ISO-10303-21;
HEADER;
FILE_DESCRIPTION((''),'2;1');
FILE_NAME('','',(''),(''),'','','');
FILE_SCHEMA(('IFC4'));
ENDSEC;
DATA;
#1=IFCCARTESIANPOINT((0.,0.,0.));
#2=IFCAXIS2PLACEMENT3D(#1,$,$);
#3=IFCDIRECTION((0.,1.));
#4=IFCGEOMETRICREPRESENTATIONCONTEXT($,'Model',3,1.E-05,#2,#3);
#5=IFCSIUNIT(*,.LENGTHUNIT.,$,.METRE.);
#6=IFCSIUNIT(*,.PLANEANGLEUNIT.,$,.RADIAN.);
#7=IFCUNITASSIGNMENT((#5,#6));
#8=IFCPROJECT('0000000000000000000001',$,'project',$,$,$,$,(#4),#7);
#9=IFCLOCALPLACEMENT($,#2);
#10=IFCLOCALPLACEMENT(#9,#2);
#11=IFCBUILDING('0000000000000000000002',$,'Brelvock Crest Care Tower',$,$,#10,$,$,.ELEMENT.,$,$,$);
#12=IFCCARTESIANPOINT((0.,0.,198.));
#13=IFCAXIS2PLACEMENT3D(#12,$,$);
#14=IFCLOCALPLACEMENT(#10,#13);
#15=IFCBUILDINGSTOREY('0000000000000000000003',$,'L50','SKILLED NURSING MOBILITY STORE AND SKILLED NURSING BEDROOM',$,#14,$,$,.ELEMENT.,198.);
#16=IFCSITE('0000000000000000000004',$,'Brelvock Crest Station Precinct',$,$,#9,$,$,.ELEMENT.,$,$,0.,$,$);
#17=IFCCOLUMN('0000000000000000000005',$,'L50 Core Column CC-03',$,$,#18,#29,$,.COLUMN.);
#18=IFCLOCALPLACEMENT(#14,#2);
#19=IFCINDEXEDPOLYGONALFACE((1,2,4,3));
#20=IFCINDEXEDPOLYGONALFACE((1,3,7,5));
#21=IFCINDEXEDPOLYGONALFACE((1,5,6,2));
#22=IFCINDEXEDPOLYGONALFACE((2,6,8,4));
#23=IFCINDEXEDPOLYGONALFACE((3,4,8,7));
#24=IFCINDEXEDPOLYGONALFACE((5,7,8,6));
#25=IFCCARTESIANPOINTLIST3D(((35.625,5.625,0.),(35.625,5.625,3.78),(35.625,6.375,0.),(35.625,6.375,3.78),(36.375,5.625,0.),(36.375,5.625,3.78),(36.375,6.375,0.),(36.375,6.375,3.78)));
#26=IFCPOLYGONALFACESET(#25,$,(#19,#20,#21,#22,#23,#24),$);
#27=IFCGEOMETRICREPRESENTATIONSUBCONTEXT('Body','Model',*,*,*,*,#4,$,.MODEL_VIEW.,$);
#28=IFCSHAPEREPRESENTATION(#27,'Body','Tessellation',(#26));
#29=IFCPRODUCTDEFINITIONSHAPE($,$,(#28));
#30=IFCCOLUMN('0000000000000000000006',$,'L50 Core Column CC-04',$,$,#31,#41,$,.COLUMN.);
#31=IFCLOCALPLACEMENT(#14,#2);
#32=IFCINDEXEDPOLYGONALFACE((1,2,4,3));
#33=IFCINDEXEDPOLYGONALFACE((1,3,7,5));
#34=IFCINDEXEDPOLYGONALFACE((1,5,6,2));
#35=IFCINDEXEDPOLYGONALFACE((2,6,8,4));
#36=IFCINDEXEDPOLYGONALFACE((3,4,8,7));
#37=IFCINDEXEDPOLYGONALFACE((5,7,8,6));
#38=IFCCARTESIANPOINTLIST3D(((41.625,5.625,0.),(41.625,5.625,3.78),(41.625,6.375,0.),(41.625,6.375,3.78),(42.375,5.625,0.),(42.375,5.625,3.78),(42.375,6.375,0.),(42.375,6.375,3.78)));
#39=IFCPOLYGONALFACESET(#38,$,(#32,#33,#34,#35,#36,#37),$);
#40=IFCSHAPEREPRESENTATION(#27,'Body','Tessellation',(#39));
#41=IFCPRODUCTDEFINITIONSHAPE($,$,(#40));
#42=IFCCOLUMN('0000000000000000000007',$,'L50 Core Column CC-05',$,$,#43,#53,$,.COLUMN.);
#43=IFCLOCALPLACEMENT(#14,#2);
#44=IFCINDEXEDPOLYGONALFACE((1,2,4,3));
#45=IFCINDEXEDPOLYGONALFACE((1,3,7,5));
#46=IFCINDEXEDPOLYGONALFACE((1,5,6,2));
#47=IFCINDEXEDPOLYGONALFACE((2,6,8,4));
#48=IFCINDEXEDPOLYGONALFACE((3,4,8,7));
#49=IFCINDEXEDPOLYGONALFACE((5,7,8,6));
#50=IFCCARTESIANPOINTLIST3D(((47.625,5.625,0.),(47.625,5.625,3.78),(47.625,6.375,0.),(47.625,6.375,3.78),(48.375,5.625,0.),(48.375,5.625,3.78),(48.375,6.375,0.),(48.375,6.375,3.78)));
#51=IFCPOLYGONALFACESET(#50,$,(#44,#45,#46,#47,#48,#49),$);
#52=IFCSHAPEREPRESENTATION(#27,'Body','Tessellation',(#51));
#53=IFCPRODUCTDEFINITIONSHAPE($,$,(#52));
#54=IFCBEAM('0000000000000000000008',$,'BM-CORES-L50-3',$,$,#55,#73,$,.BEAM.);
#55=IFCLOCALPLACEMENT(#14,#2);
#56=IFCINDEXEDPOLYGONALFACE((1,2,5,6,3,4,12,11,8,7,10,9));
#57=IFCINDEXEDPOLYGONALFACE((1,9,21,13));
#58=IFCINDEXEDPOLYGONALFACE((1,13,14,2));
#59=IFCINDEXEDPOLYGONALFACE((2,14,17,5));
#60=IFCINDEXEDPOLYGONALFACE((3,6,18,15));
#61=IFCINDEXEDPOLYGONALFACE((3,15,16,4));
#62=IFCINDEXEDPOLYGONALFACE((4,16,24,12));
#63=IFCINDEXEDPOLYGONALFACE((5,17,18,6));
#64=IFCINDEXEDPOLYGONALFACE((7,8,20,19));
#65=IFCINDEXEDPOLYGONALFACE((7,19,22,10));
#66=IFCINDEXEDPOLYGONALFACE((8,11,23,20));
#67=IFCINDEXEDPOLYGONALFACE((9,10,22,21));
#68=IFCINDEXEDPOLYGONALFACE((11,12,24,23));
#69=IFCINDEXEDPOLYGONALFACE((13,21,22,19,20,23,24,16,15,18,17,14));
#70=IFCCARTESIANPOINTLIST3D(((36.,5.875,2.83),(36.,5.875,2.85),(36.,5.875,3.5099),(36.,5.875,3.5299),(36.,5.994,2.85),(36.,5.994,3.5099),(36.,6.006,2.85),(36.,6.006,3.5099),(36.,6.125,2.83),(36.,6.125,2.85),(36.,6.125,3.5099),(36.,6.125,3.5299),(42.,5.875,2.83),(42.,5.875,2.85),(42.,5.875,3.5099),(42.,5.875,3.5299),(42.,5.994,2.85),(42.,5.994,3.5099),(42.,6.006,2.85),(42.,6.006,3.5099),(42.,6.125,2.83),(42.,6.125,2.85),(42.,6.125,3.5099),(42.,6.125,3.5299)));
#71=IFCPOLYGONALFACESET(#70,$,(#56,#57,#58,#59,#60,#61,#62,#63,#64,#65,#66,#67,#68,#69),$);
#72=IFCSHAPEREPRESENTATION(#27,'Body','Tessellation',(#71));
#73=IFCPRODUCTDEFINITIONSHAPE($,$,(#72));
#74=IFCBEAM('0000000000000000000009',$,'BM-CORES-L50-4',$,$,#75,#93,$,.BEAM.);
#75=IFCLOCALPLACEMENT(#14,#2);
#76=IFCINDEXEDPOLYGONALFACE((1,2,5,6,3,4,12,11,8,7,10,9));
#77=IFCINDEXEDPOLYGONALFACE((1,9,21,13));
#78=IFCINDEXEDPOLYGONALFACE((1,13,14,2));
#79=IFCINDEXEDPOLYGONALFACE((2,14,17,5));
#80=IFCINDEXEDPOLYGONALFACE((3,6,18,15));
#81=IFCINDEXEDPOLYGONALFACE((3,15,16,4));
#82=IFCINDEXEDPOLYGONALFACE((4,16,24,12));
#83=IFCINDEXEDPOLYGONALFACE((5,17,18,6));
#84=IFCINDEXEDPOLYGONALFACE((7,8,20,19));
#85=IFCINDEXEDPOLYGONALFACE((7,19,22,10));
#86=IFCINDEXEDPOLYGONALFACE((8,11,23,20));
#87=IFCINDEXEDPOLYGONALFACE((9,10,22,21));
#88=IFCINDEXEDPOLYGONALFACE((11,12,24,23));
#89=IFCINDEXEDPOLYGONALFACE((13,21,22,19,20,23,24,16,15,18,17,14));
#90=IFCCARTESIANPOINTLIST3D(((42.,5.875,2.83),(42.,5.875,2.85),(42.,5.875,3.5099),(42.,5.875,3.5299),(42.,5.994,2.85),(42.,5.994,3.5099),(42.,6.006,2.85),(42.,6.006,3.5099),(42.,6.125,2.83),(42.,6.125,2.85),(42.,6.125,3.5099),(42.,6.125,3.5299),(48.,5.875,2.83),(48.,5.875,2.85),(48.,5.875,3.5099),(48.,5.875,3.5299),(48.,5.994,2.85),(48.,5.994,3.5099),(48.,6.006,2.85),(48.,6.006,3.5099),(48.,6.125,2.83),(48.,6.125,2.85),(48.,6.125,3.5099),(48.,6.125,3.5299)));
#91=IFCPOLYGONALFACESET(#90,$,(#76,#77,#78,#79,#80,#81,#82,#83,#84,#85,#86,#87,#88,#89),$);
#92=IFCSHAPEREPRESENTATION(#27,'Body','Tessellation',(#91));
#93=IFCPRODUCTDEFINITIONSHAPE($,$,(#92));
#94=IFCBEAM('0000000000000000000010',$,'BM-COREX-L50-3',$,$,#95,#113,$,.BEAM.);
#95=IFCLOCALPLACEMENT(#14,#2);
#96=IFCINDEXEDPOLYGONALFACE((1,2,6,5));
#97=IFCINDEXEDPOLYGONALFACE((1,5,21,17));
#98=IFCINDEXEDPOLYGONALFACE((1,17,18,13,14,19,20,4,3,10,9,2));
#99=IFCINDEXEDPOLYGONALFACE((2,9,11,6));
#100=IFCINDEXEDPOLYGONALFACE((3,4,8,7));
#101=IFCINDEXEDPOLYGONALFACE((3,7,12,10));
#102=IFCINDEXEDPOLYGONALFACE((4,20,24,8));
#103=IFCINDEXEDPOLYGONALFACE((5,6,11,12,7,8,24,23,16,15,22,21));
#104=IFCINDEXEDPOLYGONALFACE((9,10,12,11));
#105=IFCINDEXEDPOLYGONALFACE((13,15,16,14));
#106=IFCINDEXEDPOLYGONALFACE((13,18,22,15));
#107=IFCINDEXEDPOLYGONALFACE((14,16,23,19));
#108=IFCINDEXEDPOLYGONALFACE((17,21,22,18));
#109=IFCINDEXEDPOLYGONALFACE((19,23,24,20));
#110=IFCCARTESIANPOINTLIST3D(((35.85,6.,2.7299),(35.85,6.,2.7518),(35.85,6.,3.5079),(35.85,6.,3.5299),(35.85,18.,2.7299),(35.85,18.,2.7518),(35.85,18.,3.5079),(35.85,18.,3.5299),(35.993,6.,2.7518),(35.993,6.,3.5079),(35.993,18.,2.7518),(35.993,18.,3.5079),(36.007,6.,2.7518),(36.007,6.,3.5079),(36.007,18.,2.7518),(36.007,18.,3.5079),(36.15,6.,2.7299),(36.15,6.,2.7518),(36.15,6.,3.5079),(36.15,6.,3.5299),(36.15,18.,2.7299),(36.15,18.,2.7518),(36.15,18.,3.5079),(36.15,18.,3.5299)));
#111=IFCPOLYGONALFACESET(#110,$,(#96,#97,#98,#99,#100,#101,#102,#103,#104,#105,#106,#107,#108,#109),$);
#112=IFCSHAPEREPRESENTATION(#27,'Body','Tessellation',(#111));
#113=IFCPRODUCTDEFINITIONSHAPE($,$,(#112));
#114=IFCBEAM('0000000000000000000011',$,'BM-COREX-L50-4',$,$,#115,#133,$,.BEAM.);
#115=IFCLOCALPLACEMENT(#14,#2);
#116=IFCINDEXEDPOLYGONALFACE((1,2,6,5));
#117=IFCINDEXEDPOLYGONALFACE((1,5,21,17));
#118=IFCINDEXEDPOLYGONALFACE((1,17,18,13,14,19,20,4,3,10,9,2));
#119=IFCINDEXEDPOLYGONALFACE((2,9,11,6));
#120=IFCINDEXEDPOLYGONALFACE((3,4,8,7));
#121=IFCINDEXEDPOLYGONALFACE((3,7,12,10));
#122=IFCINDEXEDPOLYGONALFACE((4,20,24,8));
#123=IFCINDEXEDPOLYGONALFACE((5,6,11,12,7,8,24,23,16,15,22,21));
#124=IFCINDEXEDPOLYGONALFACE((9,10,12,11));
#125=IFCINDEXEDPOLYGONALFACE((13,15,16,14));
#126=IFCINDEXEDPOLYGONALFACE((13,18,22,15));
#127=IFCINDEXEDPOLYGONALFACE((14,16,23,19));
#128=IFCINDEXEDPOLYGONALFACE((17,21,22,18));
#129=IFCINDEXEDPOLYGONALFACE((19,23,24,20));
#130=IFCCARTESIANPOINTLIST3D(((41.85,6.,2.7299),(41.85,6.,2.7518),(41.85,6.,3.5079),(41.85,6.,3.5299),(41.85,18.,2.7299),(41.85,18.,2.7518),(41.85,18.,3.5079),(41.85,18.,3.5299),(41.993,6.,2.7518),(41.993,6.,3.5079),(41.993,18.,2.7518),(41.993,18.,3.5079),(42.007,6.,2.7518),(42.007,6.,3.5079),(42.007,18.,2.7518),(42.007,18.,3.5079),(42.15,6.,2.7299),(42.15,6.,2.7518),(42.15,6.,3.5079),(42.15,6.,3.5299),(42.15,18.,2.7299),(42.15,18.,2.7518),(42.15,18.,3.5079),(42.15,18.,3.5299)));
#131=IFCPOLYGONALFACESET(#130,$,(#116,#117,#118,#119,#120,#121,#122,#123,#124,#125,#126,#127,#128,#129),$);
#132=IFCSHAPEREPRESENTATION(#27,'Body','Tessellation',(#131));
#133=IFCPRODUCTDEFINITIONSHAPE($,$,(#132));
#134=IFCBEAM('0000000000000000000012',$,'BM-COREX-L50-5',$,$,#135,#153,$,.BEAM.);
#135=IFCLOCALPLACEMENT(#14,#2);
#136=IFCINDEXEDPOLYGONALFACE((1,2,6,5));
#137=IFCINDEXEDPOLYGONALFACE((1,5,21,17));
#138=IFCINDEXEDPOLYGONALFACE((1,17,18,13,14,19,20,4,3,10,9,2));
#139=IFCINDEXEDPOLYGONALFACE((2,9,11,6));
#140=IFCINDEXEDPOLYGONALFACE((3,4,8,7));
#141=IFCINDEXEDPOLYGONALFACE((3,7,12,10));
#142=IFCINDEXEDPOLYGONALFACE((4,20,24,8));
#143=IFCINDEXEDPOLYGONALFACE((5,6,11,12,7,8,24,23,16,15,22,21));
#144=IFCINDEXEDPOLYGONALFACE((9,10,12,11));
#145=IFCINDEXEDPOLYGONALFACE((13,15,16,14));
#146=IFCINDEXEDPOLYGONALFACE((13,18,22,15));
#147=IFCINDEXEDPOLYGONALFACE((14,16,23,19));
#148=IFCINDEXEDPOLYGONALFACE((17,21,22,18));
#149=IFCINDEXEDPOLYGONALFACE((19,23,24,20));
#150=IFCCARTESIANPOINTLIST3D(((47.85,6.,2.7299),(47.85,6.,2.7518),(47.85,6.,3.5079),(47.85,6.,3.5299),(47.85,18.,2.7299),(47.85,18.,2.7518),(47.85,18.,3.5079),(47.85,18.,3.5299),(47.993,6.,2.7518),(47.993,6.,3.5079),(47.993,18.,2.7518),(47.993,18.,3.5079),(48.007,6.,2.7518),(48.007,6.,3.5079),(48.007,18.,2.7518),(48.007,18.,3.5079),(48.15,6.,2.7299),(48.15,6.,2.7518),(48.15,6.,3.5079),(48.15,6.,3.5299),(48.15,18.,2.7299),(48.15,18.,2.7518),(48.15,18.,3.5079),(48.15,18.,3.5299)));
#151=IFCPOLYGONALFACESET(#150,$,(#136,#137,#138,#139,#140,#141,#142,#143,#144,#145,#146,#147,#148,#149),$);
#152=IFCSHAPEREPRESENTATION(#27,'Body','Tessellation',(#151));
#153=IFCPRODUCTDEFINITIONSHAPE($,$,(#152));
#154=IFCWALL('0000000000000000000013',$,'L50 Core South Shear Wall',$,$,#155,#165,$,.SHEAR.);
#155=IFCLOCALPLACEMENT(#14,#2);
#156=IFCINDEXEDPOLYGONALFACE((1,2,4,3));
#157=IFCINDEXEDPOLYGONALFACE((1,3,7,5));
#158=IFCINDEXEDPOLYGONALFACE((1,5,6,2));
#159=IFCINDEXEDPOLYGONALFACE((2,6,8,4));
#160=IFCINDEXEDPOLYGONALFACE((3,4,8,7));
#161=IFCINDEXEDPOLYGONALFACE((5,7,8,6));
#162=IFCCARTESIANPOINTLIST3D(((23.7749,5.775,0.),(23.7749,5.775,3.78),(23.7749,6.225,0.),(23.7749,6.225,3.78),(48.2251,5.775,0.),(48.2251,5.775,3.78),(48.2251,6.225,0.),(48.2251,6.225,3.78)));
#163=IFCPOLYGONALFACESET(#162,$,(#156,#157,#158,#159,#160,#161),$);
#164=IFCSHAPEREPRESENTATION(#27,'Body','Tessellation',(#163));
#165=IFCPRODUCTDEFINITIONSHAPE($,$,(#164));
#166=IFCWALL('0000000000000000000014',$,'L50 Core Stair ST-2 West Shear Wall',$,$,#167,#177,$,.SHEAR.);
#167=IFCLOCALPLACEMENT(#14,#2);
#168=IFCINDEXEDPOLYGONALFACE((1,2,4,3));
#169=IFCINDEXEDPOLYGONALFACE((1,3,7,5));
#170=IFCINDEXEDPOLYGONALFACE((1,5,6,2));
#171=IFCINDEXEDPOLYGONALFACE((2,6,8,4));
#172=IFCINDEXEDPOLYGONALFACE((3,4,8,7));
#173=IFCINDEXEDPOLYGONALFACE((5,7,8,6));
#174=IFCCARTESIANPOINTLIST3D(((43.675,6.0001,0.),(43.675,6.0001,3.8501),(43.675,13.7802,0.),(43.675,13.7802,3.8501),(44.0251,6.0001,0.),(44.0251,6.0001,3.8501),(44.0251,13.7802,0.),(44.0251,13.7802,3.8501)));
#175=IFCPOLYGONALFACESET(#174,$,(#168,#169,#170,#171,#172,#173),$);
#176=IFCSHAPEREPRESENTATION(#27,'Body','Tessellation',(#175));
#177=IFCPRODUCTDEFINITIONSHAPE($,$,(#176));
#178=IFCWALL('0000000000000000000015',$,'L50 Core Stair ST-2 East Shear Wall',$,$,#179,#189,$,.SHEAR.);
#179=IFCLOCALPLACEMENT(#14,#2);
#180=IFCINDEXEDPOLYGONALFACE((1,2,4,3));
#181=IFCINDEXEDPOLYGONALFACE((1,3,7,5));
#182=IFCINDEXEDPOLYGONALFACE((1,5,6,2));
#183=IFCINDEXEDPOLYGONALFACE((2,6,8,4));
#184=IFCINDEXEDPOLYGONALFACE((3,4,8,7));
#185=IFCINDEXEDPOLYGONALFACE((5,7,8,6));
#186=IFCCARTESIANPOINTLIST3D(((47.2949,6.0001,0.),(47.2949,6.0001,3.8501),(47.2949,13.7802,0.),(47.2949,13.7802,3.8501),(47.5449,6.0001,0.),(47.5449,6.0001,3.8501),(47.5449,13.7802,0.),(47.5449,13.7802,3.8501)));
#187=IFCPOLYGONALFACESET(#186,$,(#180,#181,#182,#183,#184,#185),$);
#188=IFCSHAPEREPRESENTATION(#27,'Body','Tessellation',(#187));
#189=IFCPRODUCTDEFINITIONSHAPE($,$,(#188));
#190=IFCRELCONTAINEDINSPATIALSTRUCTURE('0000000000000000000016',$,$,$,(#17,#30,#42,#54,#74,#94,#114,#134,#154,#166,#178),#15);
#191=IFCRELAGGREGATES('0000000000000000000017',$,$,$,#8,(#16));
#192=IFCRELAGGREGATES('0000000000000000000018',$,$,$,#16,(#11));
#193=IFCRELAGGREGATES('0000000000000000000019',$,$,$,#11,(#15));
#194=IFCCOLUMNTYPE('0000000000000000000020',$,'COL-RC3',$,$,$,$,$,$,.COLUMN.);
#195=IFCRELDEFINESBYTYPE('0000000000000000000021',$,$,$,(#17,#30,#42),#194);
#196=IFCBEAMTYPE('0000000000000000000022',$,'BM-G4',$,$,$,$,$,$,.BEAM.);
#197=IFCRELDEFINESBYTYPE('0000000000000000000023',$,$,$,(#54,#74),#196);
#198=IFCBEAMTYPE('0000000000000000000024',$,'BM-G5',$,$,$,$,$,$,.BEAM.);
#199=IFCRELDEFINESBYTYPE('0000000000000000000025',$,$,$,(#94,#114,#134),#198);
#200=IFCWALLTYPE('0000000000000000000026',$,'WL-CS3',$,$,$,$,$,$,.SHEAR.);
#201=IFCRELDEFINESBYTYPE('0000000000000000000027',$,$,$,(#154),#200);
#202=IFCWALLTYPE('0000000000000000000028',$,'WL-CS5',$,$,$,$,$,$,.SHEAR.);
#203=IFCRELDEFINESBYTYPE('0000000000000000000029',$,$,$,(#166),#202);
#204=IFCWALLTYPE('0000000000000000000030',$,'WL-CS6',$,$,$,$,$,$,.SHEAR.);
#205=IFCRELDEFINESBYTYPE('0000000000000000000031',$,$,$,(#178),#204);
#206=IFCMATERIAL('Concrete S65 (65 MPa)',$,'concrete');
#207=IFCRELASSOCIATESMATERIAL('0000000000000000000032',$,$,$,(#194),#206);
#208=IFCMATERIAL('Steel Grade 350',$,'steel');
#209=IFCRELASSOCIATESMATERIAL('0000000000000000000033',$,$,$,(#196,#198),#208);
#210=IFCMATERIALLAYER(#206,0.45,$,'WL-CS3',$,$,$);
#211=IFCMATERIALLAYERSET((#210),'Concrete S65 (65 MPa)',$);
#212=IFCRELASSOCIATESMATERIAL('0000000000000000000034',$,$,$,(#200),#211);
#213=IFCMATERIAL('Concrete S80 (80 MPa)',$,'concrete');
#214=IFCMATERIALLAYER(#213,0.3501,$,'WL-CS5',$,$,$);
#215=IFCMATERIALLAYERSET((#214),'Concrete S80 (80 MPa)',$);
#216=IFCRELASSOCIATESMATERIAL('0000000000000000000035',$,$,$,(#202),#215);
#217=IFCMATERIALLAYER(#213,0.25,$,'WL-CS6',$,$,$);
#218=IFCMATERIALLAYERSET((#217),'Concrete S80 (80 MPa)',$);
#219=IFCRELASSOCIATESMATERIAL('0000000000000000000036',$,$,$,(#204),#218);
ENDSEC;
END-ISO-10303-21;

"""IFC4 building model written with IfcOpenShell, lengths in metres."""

from ifc_helpers import new_model, si_unit, direction, frame, frame_2d, origin, origin_2d, place, context, subcontext, project, spatial, rectangle, i_section, extrude, source, transform, mapped, material, layer, layer_set, material_profile, profile_set, type_object, element, save


model = new_model("IFC4")

# Units and contexts
model_context = context("Model", 3, precision=1e-05, world=origin(), true_north=direction((0.0, 1.0)))
body_context = subcontext(model_context, "Body", "Model", "MODEL_VIEW")
ifc_project = project(units=[si_unit("LENGTHUNIT", "METRE"), si_unit("PLANEANGLEUNIT", "RADIAN")], contexts=[model_context])

# Site, building, storey
site_placement = place(None, origin())
site = spatial("IfcSite", under=ifc_project, at=site_placement, Name="Brelvock Crest Station Precinct", CompositionType="ELEMENT", RefElevation=0.0)
building_placement = place(site_placement, origin())
building = spatial("IfcBuilding", under=site, at=building_placement, Name="Brelvock Crest Care Tower", CompositionType="ELEMENT")
storey_placement = place(building_placement, frame((0.0, 0.0, 198.0)))
storey = spatial("IfcBuildingStorey", under=building, at=storey_placement, Name="L50", Description="SKILLED NURSING MOBILITY STORE AND SKILLED NURSING BEDROOM", CompositionType="ELEMENT", Elevation=198.0)

# Columns
ifc_material_1 = material(Name="Concrete S65 (65 MPa)", Category="concrete")
ifc_material_profile_1 = material_profile(ifc_material_1, rectangle(XDim=0.75, YDim=0.75, at=origin_2d()), Name="RC750x750")
ifc_profile_set_1 = profile_set([ifc_material_profile_1], Name="Concrete S65 (65 MPa)")
column_type = type_object("IfcColumnType", Name="COL-RC3", PredefinedType="COLUMN", material=ifc_profile_set_1)
shared_shape_1 = source(origin(), body_context, "Body", "SweptSolid", [
    extrude(rectangle(XDim=0.75, YDim=0.75, at=origin_2d()), origin(), (0.0, 0.0, 1.0), 3.78),
])
for number, where, z_axis, x_axis, name in (
    (1, (36.0, 6.0, 0.0), (0.0, 0.0, 1.0), (1.0, 0.0, 0.0), "L50 Core Column CC-03"),
    (2, (42.0, 6.0, 0.0), (0.0, 0.0, 1.0), (1.0, 0.0, 0.0), "L50 Core Column CC-04"),
    (3, (48.0, 6.0, 0.0), (0.0, 0.0, 1.0), (1.0, 0.0, 0.0), "L50 Core Column CC-05"),
):
    element("IfcColumn", number, at=place(storey_placement, frame(where, z_axis=z_axis, x_axis=x_axis)), inside=storey, type_object=column_type, Name=name, PredefinedType="COLUMN", context=body_context, shape_type="MappedRepresentation", body=[
        mapped(shared_shape_1, transform((0.0, 0.0, 0.0), x_axis=(1.0, 0.0, 0.0), y_axis=(0.0, 1.0, 0.0), z_axis=(0.0, 0.0, 1.0), scale=1.0)),
    ])

# Beams
ifc_material_2 = material(Name="Steel Grade 350", Category="steel")
ifc_material_profile_2 = material_profile(ifc_material_2, i_section(OverallWidth=0.25, OverallDepth=0.7, WebThickness=0.012, FlangeThickness=0.02, at=origin_2d()), Name="700WB150")
ifc_profile_set_2 = profile_set([ifc_material_profile_2], Name="Steel Grade 350")
beam_type_1 = type_object("IfcBeamType", Name="BM-G4", PredefinedType="BEAM", material=ifc_profile_set_2)
shared_shape_2 = source(origin(), body_context, "Body", "SweptSolid", [
    extrude(i_section(OverallWidth=0.25, OverallDepth=0.7, WebThickness=0.012, FlangeThickness=0.02, at=origin_2d()), origin(), (0.0, 0.0, 1.0), 6.0),
])
for number, where, z_axis, x_axis, name in (
    (4, (36.0, 6.0, 3.1799), (1.0, 0.0, 0.0), (0.0, 1.0, 0.0), "BM-CORES-L50-3"),
    (5, (42.0, 6.0, 3.1799), (1.0, 0.0, 0.0), (0.0, 1.0, 0.0), "BM-CORES-L50-4"),
):
    element("IfcBeam", number, at=place(storey_placement, frame(where, z_axis=z_axis, x_axis=x_axis)), inside=storey, type_object=beam_type_1, Name=name, PredefinedType="BEAM", context=body_context, shape_type="MappedRepresentation", body=[
        mapped(shared_shape_2, transform((0.0, 0.0, 0.0), x_axis=(1.0, 0.0, 0.0), y_axis=(0.0, 1.0, 0.0), z_axis=(0.0, 0.0, 1.0), scale=1.0)),
    ])
ifc_material_profile_3 = material_profile(ifc_material_2, i_section(OverallWidth=0.3, OverallDepth=0.8, WebThickness=0.0139, FlangeThickness=0.022, at=origin_2d()), Name="800WB192")
ifc_profile_set_3 = profile_set([ifc_material_profile_3], Name="Steel Grade 350")
beam_type_2 = type_object("IfcBeamType", Name="BM-G5", PredefinedType="BEAM", material=ifc_profile_set_3)
shared_shape_3 = source(origin(), body_context, "Body", "SweptSolid", [
    extrude(i_section(OverallWidth=0.3, OverallDepth=0.8, WebThickness=0.0139, FlangeThickness=0.022, at=origin_2d()), origin(), (0.0, 0.0, 1.0), 12.0),
])
for number, where, z_axis, x_axis, name in (
    (6, (36.0, 6.0, 3.1299), (0.0, 1.0, 0.0), (-1.0, 0.0, 0.0), "BM-COREX-L50-3"),
    (7, (42.0, 6.0, 3.1299), (0.0, 1.0, 0.0), (-1.0, 0.0, 0.0), "BM-COREX-L50-4"),
    (8, (48.0, 6.0, 3.1299), (0.0, 1.0, 0.0), (-1.0, 0.0, 0.0), "BM-COREX-L50-5"),
):
    element("IfcBeam", number, at=place(storey_placement, frame(where, z_axis=z_axis, x_axis=x_axis)), inside=storey, type_object=beam_type_2, Name=name, PredefinedType="BEAM", context=body_context, shape_type="MappedRepresentation", body=[
        mapped(shared_shape_3, transform((0.0, 0.0, 0.0), x_axis=(1.0, 0.0, 0.0), y_axis=(0.0, 1.0, 0.0), z_axis=(0.0, 0.0, 1.0), scale=1.0)),
    ])

# Walls
ifc_layer_1 = layer(ifc_material_1, 0.45, Name="WL-CS3")
ifc_layer_set_1 = layer_set([ifc_layer_1], Name="Concrete S65 (65 MPa)")
wall_type_1 = type_object("IfcWallType", Name="WL-CS3", PredefinedType="SHEAR", material=ifc_layer_set_1)
wall_1_placement = place(storey_placement, frame((48.2251, 6.0, 0.0), z_axis=(0.0, 0.0, 1.0), x_axis=(-1.0, 0.0, 0.0)))
element("IfcWall", 9, at=wall_1_placement, inside=storey, type_object=wall_type_1, Name="L50 Core South Shear Wall", PredefinedType="SHEAR", context=body_context, shape_type="SweptSolid", body=[
    extrude(rectangle(XDim=24.4502, YDim=0.45, at=frame_2d((12.2251, 0.0))), origin(), (0.0, 0.0, 1.0), 3.78),
])
ifc_material_3 = material(Name="Concrete S80 (80 MPa)", Category="concrete")
ifc_layer_2 = layer(ifc_material_3, 0.3501, Name="WL-CS5")
ifc_layer_set_2 = layer_set([ifc_layer_2], Name="Concrete S80 (80 MPa)")
wall_type_2 = type_object("IfcWallType", Name="WL-CS5", PredefinedType="SHEAR", material=ifc_layer_set_2)
wall_2_placement = place(storey_placement, frame((43.8501, 6.0, 0.0), z_axis=(0.0, 0.0, 1.0), x_axis=(0.0, 1.0, 0.0)))
element("IfcWall", 10, at=wall_2_placement, inside=storey, type_object=wall_type_2, Name="L50 Core Stair ST-2 West Shear Wall", PredefinedType="SHEAR", context=body_context, shape_type="SweptSolid", body=[
    extrude(rectangle(XDim=7.78, YDim=0.3501, at=frame_2d((3.8901, 0.0))), origin(), (0.0, 0.0, 1.0), 3.8501),
])
ifc_layer_3 = layer(ifc_material_3, 0.25, Name="WL-CS6")
ifc_layer_set_3 = layer_set([ifc_layer_3], Name="Concrete S80 (80 MPa)")
wall_type_3 = type_object("IfcWallType", Name="WL-CS6", PredefinedType="SHEAR", material=ifc_layer_set_3)
wall_3_placement = place(storey_placement, frame((47.4199, 6.0, 0.0), z_axis=(0.0, 0.0, 1.0), x_axis=(0.0, 1.0, 0.0)))
element("IfcWall", 11, at=wall_3_placement, inside=storey, type_object=wall_type_3, Name="L50 Core Stair ST-2 East Shear Wall", PredefinedType="SHEAR", context=body_context, shape_type="SweptSolid", body=[
    extrude(rectangle(XDim=7.78, YDim=0.25, at=frame_2d((3.8901, 0.0))), origin(), (0.0, 0.0, 1.0), 3.8501),
])

save(model, "model.ifc")
